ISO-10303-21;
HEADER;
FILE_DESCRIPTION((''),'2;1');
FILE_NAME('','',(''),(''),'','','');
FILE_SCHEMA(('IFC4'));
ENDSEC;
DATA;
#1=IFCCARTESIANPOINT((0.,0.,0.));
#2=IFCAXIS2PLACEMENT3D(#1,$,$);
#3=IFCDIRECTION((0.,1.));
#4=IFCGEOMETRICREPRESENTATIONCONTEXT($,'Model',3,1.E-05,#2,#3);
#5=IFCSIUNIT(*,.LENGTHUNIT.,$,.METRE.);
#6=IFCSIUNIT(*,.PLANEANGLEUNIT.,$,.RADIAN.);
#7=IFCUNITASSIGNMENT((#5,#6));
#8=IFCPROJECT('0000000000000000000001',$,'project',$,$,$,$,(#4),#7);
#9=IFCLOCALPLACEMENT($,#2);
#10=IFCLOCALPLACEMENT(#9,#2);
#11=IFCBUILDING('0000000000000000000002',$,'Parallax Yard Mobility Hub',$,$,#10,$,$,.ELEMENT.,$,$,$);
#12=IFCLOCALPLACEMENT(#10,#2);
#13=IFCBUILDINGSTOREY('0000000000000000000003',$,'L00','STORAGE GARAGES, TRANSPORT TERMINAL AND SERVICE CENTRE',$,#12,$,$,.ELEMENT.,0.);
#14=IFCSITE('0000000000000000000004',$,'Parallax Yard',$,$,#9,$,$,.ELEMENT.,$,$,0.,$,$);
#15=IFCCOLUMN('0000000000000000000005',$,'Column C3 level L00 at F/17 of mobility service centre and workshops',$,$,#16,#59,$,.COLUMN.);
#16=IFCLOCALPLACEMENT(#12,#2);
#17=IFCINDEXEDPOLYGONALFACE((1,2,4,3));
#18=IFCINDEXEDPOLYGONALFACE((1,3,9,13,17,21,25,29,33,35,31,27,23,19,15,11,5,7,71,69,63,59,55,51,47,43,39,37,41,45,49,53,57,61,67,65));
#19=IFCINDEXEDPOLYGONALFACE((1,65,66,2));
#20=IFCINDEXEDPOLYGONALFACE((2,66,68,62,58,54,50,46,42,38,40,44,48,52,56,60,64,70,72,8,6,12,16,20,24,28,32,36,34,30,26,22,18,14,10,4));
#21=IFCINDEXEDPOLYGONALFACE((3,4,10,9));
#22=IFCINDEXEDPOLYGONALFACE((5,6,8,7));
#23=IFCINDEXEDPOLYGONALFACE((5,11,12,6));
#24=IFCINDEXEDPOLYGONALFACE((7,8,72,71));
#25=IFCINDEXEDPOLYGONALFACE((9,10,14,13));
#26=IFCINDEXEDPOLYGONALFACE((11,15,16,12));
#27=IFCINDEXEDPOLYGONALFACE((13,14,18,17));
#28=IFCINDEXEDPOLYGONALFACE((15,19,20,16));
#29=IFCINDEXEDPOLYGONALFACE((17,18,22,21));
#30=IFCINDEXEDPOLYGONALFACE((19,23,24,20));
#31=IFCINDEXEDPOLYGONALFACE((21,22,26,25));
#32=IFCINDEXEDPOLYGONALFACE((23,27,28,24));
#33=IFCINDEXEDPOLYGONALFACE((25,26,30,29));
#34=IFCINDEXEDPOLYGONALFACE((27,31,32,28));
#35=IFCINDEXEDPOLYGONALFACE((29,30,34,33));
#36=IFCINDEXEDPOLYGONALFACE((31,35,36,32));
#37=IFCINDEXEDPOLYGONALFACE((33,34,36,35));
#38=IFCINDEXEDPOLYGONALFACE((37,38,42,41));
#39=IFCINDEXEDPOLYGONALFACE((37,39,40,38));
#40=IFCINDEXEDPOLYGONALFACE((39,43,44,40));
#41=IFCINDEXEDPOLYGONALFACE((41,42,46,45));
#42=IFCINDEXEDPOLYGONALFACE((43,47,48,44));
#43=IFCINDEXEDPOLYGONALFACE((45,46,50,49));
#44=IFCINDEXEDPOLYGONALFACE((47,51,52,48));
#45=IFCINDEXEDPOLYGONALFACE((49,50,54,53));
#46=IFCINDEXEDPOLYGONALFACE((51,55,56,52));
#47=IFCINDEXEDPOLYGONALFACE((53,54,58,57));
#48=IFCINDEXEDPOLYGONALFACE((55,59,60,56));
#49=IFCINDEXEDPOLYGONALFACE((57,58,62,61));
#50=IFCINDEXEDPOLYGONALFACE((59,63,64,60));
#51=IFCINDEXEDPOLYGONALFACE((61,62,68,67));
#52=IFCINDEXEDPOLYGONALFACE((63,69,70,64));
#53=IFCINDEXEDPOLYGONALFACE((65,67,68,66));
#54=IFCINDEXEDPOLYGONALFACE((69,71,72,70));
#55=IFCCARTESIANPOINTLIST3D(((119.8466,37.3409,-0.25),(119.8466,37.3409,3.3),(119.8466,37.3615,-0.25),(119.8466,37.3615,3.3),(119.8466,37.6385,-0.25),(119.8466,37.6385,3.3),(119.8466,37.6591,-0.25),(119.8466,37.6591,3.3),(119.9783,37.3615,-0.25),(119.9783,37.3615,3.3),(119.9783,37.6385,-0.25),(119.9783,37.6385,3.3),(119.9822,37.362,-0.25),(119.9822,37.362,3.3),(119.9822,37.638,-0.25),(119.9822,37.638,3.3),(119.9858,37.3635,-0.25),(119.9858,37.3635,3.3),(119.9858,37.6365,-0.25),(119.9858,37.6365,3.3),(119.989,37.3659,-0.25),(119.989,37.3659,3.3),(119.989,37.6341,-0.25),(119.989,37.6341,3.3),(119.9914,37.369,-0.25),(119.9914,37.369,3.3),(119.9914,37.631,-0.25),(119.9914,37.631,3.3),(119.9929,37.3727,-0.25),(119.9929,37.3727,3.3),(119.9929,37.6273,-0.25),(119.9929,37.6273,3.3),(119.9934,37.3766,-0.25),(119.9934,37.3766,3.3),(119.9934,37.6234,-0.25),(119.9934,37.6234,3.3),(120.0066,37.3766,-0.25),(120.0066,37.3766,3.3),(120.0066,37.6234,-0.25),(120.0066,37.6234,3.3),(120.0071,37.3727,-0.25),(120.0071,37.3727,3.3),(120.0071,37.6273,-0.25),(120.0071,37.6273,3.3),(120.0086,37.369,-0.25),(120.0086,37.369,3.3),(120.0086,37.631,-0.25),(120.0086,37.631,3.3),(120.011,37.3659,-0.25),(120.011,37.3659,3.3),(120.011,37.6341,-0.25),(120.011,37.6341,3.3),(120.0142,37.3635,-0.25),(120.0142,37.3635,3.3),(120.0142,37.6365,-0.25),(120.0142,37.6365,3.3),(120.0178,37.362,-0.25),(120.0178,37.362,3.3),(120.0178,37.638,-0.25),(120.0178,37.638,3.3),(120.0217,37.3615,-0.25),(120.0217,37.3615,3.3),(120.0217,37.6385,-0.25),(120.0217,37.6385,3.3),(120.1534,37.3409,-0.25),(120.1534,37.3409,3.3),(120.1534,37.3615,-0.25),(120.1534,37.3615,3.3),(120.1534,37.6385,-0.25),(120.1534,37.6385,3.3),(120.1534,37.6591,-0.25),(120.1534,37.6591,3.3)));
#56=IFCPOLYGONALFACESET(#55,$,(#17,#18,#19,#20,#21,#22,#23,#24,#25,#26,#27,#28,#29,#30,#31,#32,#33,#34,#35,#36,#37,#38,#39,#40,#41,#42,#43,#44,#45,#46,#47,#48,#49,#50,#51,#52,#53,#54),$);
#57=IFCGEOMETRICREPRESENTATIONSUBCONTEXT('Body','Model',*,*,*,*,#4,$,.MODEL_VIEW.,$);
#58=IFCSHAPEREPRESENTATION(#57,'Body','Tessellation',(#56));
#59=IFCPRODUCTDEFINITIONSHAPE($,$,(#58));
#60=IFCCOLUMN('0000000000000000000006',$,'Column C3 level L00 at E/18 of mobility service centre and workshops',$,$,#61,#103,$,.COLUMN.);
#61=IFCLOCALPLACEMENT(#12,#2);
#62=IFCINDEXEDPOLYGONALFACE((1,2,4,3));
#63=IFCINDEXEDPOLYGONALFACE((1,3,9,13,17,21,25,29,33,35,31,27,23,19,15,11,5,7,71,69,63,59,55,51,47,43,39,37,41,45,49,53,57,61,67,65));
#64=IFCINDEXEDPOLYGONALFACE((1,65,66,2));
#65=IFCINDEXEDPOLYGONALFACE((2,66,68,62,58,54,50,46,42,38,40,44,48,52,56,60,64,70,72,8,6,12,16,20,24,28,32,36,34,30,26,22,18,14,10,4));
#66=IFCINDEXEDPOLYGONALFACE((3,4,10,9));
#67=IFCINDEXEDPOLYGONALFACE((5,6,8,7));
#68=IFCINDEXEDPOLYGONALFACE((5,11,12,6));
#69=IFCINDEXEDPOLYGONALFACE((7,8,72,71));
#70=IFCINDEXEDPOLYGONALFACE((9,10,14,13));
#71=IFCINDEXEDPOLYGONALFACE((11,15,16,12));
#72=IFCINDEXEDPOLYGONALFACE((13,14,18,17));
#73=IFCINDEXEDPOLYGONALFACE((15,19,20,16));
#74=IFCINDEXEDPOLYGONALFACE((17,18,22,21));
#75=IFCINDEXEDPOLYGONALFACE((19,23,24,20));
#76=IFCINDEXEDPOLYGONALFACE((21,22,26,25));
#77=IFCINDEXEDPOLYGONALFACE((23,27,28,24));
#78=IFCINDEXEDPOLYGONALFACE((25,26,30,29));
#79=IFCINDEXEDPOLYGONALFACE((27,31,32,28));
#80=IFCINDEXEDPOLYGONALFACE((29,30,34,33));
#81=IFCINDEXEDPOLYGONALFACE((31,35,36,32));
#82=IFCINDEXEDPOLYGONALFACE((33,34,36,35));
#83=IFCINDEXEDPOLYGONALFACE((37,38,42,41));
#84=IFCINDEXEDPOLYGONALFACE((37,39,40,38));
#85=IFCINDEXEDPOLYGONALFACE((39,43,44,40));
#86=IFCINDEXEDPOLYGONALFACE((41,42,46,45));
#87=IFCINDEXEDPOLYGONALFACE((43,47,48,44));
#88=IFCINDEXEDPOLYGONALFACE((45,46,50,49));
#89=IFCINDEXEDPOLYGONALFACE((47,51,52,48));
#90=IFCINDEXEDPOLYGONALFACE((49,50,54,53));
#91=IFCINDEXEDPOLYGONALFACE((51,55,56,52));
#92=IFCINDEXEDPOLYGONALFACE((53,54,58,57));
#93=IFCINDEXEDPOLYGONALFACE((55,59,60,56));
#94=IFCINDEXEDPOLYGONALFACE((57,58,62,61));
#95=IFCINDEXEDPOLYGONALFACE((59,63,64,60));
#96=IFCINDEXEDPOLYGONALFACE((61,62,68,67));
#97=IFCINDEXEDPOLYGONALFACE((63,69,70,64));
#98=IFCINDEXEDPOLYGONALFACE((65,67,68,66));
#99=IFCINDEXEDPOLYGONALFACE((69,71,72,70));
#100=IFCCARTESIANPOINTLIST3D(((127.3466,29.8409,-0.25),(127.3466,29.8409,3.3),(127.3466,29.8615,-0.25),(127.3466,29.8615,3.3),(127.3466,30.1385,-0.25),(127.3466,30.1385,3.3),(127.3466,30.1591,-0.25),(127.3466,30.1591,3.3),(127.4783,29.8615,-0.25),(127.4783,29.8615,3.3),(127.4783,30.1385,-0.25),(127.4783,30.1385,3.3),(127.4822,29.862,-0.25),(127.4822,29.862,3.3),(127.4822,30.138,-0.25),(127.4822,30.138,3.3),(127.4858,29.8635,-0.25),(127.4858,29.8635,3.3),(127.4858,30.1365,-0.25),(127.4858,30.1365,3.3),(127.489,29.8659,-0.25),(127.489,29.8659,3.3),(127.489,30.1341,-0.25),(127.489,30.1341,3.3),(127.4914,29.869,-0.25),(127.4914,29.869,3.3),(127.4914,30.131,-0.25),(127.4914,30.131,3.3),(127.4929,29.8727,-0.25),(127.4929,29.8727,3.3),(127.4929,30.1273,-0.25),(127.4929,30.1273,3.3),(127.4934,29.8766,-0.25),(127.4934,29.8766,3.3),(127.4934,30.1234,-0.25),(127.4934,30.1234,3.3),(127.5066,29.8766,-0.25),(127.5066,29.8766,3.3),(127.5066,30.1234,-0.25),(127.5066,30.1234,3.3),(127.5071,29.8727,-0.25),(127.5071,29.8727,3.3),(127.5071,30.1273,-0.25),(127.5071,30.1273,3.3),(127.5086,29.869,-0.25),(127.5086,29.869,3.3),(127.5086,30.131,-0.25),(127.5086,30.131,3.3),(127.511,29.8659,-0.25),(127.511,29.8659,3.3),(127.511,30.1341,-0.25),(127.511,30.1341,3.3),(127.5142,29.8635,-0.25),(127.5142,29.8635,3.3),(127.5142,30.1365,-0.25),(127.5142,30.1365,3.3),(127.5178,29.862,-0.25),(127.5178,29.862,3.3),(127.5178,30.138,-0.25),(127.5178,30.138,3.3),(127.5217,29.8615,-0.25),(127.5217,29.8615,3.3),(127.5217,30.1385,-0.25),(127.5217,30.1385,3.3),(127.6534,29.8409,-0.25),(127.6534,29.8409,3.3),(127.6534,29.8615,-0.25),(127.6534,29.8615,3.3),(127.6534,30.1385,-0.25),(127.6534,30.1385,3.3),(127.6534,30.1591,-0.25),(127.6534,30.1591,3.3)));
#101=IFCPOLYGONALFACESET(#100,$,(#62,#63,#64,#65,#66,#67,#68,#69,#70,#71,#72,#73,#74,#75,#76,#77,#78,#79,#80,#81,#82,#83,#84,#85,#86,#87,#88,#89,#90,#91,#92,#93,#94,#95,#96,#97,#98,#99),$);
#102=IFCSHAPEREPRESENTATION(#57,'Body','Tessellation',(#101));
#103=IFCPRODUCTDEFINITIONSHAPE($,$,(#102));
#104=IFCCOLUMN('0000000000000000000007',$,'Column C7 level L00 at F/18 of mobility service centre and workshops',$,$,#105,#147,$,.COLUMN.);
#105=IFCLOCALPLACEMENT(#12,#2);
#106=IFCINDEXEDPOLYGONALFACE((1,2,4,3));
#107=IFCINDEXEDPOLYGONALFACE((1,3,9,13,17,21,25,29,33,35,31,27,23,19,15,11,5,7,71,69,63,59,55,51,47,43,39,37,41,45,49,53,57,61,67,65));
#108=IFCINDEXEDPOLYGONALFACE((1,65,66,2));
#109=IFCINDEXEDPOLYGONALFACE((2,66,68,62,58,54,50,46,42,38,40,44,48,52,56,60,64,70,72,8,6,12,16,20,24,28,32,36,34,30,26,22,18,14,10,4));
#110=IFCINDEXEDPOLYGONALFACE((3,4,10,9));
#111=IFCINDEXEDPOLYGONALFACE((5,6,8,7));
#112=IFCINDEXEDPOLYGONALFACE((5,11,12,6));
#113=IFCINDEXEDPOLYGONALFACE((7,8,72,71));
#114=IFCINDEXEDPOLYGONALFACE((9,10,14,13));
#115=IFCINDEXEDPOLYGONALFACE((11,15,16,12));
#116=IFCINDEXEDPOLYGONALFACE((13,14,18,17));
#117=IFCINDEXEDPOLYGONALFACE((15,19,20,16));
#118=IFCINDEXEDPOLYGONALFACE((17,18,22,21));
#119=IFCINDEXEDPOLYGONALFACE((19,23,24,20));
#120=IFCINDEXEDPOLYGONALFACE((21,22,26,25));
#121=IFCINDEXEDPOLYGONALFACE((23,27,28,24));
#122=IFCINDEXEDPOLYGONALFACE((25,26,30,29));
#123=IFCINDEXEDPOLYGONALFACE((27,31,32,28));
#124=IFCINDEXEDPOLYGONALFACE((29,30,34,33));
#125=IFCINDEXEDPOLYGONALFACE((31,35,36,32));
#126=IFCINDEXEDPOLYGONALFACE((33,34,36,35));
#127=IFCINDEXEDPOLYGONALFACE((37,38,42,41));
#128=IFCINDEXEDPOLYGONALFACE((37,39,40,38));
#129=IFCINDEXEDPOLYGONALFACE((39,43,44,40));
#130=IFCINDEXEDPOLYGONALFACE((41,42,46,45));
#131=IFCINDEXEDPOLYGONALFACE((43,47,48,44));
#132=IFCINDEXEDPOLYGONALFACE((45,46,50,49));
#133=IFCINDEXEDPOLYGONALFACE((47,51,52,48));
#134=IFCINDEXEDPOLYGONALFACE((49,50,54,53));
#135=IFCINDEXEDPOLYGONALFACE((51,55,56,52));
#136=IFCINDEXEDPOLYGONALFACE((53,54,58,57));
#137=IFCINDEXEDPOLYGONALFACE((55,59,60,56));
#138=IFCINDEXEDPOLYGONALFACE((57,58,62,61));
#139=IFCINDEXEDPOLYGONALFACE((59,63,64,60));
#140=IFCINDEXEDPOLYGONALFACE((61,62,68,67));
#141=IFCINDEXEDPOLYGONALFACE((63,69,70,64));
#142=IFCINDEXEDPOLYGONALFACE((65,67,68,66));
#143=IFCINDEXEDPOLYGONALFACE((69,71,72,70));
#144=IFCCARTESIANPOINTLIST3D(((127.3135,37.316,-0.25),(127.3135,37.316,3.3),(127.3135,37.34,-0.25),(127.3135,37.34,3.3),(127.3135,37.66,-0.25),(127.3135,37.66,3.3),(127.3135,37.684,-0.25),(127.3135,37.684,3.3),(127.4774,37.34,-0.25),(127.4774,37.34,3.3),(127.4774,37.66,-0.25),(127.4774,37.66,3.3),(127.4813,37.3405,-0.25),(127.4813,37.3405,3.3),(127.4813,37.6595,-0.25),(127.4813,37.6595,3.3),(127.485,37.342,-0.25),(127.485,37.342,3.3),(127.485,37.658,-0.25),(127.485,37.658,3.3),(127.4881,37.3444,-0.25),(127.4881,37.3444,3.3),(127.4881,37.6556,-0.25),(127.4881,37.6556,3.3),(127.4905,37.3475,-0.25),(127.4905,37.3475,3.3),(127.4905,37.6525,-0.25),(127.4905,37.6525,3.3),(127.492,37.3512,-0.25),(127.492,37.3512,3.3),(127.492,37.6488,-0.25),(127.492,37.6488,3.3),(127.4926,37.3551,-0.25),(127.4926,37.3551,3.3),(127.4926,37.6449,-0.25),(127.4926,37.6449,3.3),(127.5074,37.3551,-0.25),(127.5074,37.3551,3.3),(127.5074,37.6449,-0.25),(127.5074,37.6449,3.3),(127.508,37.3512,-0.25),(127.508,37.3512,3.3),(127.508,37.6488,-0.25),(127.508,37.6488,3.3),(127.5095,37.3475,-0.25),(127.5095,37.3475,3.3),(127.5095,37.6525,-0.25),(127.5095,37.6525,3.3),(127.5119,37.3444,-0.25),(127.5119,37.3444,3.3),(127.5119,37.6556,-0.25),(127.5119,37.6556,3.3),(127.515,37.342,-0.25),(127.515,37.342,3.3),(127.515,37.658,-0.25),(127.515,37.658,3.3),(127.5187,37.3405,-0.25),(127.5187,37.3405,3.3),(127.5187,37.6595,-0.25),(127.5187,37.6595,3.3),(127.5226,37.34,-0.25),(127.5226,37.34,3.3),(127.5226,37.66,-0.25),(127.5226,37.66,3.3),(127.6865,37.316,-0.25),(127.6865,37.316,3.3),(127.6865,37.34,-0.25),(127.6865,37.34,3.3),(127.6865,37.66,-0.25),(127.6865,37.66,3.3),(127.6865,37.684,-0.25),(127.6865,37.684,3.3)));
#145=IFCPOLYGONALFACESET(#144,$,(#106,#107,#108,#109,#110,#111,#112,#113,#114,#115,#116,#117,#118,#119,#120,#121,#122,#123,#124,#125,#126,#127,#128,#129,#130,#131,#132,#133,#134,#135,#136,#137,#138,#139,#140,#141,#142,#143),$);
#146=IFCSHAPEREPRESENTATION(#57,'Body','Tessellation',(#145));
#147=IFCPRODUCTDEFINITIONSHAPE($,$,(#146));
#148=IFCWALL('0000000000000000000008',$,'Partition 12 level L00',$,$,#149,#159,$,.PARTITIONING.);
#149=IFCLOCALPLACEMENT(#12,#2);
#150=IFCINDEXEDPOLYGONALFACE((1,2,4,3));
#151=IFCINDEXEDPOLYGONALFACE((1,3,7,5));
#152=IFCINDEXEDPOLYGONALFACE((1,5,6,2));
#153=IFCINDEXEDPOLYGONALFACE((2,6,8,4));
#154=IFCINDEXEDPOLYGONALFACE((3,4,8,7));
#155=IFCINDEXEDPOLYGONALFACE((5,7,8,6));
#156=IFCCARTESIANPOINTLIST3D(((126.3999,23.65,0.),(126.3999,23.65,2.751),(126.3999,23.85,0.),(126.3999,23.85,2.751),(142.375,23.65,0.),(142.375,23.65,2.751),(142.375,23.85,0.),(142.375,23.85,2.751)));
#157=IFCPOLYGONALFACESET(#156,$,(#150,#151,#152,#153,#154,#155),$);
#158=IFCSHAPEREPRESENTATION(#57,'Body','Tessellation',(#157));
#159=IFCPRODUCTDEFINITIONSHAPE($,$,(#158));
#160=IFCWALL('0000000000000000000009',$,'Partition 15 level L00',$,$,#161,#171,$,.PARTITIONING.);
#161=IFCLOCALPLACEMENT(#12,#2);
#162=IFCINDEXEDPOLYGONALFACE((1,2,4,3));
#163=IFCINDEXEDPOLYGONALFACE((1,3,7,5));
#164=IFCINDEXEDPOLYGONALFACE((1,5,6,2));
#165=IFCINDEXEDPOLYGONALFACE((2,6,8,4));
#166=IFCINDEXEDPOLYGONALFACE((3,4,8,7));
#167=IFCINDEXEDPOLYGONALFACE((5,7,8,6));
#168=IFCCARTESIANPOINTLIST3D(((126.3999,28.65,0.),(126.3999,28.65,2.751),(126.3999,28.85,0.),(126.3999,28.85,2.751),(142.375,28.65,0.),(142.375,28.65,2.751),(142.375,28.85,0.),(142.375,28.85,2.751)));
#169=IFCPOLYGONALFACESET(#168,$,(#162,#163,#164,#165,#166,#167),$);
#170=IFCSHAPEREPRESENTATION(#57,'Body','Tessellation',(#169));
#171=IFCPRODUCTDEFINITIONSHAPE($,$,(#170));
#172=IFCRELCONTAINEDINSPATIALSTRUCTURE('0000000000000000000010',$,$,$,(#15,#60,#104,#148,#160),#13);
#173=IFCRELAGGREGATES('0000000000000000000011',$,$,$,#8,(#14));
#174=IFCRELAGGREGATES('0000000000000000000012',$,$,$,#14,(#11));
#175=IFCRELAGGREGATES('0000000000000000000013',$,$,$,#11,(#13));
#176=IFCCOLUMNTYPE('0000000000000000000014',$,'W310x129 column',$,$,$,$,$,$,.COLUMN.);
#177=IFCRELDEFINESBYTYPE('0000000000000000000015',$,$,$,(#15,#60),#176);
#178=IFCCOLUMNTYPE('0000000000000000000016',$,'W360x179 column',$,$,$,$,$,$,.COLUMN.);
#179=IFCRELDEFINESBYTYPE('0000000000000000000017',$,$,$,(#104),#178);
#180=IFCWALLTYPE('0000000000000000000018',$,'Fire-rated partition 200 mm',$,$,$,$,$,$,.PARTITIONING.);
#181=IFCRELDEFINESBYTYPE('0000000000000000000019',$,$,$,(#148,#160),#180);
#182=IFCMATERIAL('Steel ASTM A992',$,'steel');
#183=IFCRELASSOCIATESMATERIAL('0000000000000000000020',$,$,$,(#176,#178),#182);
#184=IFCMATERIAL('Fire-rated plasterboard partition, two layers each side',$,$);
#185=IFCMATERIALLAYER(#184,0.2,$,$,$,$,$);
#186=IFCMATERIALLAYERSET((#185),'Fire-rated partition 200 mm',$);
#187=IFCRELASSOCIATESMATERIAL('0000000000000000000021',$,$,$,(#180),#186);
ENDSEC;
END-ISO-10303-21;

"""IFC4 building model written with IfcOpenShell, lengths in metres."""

from ifc_helpers import new_model, si_unit, direction, frame, frame_2d, origin, origin_2d, place, context, subcontext, project, spatial, rectangle, i_section, extrude, material, layer, layer_set, material_profile, profile_set, type_object, element, save


model = new_model("IFC4")

# Units and contexts
model_context = context("Model", 3, precision=1e-05, world=origin(), true_north=direction((0.0, 1.0)))
body_context = subcontext(model_context, "Body", "Model", "MODEL_VIEW")
ifc_project = project(units=[si_unit("LENGTHUNIT", "METRE"), si_unit("PLANEANGLEUNIT", "RADIAN")], contexts=[model_context])

# Site, building, storey
site_placement = place(None, origin())
site = spatial("IfcSite", under=ifc_project, at=site_placement, Name="Parallax Yard", CompositionType="ELEMENT", RefElevation=0.0)
building_placement = place(site_placement, origin())
building = spatial("IfcBuilding", under=site, at=building_placement, Name="Parallax Yard Mobility Hub", CompositionType="ELEMENT")
storey_placement = place(building_placement, origin())
storey = spatial("IfcBuildingStorey", under=building, at=storey_placement, Name="L00", Description="STORAGE GARAGES, TRANSPORT TERMINAL AND SERVICE CENTRE", CompositionType="ELEMENT", Elevation=0.0)

# Columns
ifc_material_1 = material(Name="Steel ASTM A992", Category="steel")
ifc_material_profile_1 = material_profile(ifc_material_1, i_section(OverallWidth=0.3069, OverallDepth=0.3181, WebThickness=0.0132, FlangeThickness=0.0205, FilletRadius=0.0151, at=origin_2d()), Name="W310x129")
ifc_profile_set_1 = profile_set([ifc_material_profile_1], Name="Steel ASTM A992")
column_type_1 = type_object("IfcColumnType", Name="W310x129 column", PredefinedType="COLUMN", material=ifc_profile_set_1)
for number, where, z_axis, x_axis, name in (
    (1, (120.0, 37.5, -0.25), (0.0, 0.0, 1.0), (1.0, 0.0, 0.0), "Column C3 level L00 at F/17 of mobility service centre and workshops"),
    (2, (127.5, 30.0, -0.25), (0.0, 0.0, 1.0), (1.0, 0.0, 0.0), "Column C3 level L00 at E/18 of mobility service centre and workshops"),
):
    element("IfcColumn", number, at=place(storey_placement, frame(where, z_axis=z_axis, x_axis=x_axis)), inside=storey, type_object=column_type_1, Name=name, PredefinedType="COLUMN", context=body_context, shape_type="SweptSolid", body=[
        extrude(i_section(OverallWidth=0.3069, OverallDepth=0.3181, WebThickness=0.0132, FlangeThickness=0.0205, FilletRadius=0.0151, at=origin_2d()), origin(), (0.0, 0.0, 1.0), 3.55),
    ])
ifc_material_profile_2 = material_profile(ifc_material_1, i_section(OverallWidth=0.373, OverallDepth=0.3679, WebThickness=0.0149, FlangeThickness=0.0239, FilletRadius=0.0151, at=origin_2d()), Name="W360x179")
ifc_profile_set_2 = profile_set([ifc_material_profile_2], Name="Steel ASTM A992")
column_type_2 = type_object("IfcColumnType", Name="W360x179 column", PredefinedType="COLUMN", material=ifc_profile_set_2)
column_placement = place(storey_placement, frame((127.5, 37.5, -0.25), z_axis=(0.0, 0.0, 1.0), x_axis=(1.0, 0.0, 0.0)))
element("IfcColumn", 3, at=column_placement, inside=storey, type_object=column_type_2, Name="Column C7 level L00 at F/18 of mobility service centre and workshops", PredefinedType="COLUMN", context=body_context, shape_type="SweptSolid", body=[
    extrude(i_section(OverallWidth=0.373, OverallDepth=0.3679, WebThickness=0.0149, FlangeThickness=0.0239, FilletRadius=0.0151, at=origin_2d()), origin(), (0.0, 0.0, 1.0), 3.55),
])

# Walls
ifc_material_2 = material(Name="Fire-rated plasterboard partition, two layers each side")
ifc_layer = layer(ifc_material_2, 0.2)
ifc_layer_set = layer_set([ifc_layer], Name="Fire-rated partition 200 mm")
wall_type = type_object("IfcWallType", Name="Fire-rated partition 200 mm", PredefinedType="PARTITIONING", material=ifc_layer_set)
for number, where, z_axis, x_axis, name in (
    (4, (126.3999, 23.75, 0.0), (0.0, 0.0, 1.0), (1.0, 0.0, 0.0), "Partition 12 level L00"),
    (5, (126.3999, 28.75, 0.0), (0.0, 0.0, 1.0), (1.0, 0.0, 0.0), "Partition 15 level L00"),
):
    element("IfcWall", number, at=place(storey_placement, frame(where, z_axis=z_axis, x_axis=x_axis)), inside=storey, type_object=wall_type, Name=name, PredefinedType="PARTITIONING", context=body_context, shape_type="SweptSolid", body=[
        extrude(rectangle(XDim=15.9751, YDim=0.2, at=frame_2d((7.9875, 0.0))), origin(), (0.0, 0.0, 1.0), 2.751),
    ])

save(model, "model.ifc")
